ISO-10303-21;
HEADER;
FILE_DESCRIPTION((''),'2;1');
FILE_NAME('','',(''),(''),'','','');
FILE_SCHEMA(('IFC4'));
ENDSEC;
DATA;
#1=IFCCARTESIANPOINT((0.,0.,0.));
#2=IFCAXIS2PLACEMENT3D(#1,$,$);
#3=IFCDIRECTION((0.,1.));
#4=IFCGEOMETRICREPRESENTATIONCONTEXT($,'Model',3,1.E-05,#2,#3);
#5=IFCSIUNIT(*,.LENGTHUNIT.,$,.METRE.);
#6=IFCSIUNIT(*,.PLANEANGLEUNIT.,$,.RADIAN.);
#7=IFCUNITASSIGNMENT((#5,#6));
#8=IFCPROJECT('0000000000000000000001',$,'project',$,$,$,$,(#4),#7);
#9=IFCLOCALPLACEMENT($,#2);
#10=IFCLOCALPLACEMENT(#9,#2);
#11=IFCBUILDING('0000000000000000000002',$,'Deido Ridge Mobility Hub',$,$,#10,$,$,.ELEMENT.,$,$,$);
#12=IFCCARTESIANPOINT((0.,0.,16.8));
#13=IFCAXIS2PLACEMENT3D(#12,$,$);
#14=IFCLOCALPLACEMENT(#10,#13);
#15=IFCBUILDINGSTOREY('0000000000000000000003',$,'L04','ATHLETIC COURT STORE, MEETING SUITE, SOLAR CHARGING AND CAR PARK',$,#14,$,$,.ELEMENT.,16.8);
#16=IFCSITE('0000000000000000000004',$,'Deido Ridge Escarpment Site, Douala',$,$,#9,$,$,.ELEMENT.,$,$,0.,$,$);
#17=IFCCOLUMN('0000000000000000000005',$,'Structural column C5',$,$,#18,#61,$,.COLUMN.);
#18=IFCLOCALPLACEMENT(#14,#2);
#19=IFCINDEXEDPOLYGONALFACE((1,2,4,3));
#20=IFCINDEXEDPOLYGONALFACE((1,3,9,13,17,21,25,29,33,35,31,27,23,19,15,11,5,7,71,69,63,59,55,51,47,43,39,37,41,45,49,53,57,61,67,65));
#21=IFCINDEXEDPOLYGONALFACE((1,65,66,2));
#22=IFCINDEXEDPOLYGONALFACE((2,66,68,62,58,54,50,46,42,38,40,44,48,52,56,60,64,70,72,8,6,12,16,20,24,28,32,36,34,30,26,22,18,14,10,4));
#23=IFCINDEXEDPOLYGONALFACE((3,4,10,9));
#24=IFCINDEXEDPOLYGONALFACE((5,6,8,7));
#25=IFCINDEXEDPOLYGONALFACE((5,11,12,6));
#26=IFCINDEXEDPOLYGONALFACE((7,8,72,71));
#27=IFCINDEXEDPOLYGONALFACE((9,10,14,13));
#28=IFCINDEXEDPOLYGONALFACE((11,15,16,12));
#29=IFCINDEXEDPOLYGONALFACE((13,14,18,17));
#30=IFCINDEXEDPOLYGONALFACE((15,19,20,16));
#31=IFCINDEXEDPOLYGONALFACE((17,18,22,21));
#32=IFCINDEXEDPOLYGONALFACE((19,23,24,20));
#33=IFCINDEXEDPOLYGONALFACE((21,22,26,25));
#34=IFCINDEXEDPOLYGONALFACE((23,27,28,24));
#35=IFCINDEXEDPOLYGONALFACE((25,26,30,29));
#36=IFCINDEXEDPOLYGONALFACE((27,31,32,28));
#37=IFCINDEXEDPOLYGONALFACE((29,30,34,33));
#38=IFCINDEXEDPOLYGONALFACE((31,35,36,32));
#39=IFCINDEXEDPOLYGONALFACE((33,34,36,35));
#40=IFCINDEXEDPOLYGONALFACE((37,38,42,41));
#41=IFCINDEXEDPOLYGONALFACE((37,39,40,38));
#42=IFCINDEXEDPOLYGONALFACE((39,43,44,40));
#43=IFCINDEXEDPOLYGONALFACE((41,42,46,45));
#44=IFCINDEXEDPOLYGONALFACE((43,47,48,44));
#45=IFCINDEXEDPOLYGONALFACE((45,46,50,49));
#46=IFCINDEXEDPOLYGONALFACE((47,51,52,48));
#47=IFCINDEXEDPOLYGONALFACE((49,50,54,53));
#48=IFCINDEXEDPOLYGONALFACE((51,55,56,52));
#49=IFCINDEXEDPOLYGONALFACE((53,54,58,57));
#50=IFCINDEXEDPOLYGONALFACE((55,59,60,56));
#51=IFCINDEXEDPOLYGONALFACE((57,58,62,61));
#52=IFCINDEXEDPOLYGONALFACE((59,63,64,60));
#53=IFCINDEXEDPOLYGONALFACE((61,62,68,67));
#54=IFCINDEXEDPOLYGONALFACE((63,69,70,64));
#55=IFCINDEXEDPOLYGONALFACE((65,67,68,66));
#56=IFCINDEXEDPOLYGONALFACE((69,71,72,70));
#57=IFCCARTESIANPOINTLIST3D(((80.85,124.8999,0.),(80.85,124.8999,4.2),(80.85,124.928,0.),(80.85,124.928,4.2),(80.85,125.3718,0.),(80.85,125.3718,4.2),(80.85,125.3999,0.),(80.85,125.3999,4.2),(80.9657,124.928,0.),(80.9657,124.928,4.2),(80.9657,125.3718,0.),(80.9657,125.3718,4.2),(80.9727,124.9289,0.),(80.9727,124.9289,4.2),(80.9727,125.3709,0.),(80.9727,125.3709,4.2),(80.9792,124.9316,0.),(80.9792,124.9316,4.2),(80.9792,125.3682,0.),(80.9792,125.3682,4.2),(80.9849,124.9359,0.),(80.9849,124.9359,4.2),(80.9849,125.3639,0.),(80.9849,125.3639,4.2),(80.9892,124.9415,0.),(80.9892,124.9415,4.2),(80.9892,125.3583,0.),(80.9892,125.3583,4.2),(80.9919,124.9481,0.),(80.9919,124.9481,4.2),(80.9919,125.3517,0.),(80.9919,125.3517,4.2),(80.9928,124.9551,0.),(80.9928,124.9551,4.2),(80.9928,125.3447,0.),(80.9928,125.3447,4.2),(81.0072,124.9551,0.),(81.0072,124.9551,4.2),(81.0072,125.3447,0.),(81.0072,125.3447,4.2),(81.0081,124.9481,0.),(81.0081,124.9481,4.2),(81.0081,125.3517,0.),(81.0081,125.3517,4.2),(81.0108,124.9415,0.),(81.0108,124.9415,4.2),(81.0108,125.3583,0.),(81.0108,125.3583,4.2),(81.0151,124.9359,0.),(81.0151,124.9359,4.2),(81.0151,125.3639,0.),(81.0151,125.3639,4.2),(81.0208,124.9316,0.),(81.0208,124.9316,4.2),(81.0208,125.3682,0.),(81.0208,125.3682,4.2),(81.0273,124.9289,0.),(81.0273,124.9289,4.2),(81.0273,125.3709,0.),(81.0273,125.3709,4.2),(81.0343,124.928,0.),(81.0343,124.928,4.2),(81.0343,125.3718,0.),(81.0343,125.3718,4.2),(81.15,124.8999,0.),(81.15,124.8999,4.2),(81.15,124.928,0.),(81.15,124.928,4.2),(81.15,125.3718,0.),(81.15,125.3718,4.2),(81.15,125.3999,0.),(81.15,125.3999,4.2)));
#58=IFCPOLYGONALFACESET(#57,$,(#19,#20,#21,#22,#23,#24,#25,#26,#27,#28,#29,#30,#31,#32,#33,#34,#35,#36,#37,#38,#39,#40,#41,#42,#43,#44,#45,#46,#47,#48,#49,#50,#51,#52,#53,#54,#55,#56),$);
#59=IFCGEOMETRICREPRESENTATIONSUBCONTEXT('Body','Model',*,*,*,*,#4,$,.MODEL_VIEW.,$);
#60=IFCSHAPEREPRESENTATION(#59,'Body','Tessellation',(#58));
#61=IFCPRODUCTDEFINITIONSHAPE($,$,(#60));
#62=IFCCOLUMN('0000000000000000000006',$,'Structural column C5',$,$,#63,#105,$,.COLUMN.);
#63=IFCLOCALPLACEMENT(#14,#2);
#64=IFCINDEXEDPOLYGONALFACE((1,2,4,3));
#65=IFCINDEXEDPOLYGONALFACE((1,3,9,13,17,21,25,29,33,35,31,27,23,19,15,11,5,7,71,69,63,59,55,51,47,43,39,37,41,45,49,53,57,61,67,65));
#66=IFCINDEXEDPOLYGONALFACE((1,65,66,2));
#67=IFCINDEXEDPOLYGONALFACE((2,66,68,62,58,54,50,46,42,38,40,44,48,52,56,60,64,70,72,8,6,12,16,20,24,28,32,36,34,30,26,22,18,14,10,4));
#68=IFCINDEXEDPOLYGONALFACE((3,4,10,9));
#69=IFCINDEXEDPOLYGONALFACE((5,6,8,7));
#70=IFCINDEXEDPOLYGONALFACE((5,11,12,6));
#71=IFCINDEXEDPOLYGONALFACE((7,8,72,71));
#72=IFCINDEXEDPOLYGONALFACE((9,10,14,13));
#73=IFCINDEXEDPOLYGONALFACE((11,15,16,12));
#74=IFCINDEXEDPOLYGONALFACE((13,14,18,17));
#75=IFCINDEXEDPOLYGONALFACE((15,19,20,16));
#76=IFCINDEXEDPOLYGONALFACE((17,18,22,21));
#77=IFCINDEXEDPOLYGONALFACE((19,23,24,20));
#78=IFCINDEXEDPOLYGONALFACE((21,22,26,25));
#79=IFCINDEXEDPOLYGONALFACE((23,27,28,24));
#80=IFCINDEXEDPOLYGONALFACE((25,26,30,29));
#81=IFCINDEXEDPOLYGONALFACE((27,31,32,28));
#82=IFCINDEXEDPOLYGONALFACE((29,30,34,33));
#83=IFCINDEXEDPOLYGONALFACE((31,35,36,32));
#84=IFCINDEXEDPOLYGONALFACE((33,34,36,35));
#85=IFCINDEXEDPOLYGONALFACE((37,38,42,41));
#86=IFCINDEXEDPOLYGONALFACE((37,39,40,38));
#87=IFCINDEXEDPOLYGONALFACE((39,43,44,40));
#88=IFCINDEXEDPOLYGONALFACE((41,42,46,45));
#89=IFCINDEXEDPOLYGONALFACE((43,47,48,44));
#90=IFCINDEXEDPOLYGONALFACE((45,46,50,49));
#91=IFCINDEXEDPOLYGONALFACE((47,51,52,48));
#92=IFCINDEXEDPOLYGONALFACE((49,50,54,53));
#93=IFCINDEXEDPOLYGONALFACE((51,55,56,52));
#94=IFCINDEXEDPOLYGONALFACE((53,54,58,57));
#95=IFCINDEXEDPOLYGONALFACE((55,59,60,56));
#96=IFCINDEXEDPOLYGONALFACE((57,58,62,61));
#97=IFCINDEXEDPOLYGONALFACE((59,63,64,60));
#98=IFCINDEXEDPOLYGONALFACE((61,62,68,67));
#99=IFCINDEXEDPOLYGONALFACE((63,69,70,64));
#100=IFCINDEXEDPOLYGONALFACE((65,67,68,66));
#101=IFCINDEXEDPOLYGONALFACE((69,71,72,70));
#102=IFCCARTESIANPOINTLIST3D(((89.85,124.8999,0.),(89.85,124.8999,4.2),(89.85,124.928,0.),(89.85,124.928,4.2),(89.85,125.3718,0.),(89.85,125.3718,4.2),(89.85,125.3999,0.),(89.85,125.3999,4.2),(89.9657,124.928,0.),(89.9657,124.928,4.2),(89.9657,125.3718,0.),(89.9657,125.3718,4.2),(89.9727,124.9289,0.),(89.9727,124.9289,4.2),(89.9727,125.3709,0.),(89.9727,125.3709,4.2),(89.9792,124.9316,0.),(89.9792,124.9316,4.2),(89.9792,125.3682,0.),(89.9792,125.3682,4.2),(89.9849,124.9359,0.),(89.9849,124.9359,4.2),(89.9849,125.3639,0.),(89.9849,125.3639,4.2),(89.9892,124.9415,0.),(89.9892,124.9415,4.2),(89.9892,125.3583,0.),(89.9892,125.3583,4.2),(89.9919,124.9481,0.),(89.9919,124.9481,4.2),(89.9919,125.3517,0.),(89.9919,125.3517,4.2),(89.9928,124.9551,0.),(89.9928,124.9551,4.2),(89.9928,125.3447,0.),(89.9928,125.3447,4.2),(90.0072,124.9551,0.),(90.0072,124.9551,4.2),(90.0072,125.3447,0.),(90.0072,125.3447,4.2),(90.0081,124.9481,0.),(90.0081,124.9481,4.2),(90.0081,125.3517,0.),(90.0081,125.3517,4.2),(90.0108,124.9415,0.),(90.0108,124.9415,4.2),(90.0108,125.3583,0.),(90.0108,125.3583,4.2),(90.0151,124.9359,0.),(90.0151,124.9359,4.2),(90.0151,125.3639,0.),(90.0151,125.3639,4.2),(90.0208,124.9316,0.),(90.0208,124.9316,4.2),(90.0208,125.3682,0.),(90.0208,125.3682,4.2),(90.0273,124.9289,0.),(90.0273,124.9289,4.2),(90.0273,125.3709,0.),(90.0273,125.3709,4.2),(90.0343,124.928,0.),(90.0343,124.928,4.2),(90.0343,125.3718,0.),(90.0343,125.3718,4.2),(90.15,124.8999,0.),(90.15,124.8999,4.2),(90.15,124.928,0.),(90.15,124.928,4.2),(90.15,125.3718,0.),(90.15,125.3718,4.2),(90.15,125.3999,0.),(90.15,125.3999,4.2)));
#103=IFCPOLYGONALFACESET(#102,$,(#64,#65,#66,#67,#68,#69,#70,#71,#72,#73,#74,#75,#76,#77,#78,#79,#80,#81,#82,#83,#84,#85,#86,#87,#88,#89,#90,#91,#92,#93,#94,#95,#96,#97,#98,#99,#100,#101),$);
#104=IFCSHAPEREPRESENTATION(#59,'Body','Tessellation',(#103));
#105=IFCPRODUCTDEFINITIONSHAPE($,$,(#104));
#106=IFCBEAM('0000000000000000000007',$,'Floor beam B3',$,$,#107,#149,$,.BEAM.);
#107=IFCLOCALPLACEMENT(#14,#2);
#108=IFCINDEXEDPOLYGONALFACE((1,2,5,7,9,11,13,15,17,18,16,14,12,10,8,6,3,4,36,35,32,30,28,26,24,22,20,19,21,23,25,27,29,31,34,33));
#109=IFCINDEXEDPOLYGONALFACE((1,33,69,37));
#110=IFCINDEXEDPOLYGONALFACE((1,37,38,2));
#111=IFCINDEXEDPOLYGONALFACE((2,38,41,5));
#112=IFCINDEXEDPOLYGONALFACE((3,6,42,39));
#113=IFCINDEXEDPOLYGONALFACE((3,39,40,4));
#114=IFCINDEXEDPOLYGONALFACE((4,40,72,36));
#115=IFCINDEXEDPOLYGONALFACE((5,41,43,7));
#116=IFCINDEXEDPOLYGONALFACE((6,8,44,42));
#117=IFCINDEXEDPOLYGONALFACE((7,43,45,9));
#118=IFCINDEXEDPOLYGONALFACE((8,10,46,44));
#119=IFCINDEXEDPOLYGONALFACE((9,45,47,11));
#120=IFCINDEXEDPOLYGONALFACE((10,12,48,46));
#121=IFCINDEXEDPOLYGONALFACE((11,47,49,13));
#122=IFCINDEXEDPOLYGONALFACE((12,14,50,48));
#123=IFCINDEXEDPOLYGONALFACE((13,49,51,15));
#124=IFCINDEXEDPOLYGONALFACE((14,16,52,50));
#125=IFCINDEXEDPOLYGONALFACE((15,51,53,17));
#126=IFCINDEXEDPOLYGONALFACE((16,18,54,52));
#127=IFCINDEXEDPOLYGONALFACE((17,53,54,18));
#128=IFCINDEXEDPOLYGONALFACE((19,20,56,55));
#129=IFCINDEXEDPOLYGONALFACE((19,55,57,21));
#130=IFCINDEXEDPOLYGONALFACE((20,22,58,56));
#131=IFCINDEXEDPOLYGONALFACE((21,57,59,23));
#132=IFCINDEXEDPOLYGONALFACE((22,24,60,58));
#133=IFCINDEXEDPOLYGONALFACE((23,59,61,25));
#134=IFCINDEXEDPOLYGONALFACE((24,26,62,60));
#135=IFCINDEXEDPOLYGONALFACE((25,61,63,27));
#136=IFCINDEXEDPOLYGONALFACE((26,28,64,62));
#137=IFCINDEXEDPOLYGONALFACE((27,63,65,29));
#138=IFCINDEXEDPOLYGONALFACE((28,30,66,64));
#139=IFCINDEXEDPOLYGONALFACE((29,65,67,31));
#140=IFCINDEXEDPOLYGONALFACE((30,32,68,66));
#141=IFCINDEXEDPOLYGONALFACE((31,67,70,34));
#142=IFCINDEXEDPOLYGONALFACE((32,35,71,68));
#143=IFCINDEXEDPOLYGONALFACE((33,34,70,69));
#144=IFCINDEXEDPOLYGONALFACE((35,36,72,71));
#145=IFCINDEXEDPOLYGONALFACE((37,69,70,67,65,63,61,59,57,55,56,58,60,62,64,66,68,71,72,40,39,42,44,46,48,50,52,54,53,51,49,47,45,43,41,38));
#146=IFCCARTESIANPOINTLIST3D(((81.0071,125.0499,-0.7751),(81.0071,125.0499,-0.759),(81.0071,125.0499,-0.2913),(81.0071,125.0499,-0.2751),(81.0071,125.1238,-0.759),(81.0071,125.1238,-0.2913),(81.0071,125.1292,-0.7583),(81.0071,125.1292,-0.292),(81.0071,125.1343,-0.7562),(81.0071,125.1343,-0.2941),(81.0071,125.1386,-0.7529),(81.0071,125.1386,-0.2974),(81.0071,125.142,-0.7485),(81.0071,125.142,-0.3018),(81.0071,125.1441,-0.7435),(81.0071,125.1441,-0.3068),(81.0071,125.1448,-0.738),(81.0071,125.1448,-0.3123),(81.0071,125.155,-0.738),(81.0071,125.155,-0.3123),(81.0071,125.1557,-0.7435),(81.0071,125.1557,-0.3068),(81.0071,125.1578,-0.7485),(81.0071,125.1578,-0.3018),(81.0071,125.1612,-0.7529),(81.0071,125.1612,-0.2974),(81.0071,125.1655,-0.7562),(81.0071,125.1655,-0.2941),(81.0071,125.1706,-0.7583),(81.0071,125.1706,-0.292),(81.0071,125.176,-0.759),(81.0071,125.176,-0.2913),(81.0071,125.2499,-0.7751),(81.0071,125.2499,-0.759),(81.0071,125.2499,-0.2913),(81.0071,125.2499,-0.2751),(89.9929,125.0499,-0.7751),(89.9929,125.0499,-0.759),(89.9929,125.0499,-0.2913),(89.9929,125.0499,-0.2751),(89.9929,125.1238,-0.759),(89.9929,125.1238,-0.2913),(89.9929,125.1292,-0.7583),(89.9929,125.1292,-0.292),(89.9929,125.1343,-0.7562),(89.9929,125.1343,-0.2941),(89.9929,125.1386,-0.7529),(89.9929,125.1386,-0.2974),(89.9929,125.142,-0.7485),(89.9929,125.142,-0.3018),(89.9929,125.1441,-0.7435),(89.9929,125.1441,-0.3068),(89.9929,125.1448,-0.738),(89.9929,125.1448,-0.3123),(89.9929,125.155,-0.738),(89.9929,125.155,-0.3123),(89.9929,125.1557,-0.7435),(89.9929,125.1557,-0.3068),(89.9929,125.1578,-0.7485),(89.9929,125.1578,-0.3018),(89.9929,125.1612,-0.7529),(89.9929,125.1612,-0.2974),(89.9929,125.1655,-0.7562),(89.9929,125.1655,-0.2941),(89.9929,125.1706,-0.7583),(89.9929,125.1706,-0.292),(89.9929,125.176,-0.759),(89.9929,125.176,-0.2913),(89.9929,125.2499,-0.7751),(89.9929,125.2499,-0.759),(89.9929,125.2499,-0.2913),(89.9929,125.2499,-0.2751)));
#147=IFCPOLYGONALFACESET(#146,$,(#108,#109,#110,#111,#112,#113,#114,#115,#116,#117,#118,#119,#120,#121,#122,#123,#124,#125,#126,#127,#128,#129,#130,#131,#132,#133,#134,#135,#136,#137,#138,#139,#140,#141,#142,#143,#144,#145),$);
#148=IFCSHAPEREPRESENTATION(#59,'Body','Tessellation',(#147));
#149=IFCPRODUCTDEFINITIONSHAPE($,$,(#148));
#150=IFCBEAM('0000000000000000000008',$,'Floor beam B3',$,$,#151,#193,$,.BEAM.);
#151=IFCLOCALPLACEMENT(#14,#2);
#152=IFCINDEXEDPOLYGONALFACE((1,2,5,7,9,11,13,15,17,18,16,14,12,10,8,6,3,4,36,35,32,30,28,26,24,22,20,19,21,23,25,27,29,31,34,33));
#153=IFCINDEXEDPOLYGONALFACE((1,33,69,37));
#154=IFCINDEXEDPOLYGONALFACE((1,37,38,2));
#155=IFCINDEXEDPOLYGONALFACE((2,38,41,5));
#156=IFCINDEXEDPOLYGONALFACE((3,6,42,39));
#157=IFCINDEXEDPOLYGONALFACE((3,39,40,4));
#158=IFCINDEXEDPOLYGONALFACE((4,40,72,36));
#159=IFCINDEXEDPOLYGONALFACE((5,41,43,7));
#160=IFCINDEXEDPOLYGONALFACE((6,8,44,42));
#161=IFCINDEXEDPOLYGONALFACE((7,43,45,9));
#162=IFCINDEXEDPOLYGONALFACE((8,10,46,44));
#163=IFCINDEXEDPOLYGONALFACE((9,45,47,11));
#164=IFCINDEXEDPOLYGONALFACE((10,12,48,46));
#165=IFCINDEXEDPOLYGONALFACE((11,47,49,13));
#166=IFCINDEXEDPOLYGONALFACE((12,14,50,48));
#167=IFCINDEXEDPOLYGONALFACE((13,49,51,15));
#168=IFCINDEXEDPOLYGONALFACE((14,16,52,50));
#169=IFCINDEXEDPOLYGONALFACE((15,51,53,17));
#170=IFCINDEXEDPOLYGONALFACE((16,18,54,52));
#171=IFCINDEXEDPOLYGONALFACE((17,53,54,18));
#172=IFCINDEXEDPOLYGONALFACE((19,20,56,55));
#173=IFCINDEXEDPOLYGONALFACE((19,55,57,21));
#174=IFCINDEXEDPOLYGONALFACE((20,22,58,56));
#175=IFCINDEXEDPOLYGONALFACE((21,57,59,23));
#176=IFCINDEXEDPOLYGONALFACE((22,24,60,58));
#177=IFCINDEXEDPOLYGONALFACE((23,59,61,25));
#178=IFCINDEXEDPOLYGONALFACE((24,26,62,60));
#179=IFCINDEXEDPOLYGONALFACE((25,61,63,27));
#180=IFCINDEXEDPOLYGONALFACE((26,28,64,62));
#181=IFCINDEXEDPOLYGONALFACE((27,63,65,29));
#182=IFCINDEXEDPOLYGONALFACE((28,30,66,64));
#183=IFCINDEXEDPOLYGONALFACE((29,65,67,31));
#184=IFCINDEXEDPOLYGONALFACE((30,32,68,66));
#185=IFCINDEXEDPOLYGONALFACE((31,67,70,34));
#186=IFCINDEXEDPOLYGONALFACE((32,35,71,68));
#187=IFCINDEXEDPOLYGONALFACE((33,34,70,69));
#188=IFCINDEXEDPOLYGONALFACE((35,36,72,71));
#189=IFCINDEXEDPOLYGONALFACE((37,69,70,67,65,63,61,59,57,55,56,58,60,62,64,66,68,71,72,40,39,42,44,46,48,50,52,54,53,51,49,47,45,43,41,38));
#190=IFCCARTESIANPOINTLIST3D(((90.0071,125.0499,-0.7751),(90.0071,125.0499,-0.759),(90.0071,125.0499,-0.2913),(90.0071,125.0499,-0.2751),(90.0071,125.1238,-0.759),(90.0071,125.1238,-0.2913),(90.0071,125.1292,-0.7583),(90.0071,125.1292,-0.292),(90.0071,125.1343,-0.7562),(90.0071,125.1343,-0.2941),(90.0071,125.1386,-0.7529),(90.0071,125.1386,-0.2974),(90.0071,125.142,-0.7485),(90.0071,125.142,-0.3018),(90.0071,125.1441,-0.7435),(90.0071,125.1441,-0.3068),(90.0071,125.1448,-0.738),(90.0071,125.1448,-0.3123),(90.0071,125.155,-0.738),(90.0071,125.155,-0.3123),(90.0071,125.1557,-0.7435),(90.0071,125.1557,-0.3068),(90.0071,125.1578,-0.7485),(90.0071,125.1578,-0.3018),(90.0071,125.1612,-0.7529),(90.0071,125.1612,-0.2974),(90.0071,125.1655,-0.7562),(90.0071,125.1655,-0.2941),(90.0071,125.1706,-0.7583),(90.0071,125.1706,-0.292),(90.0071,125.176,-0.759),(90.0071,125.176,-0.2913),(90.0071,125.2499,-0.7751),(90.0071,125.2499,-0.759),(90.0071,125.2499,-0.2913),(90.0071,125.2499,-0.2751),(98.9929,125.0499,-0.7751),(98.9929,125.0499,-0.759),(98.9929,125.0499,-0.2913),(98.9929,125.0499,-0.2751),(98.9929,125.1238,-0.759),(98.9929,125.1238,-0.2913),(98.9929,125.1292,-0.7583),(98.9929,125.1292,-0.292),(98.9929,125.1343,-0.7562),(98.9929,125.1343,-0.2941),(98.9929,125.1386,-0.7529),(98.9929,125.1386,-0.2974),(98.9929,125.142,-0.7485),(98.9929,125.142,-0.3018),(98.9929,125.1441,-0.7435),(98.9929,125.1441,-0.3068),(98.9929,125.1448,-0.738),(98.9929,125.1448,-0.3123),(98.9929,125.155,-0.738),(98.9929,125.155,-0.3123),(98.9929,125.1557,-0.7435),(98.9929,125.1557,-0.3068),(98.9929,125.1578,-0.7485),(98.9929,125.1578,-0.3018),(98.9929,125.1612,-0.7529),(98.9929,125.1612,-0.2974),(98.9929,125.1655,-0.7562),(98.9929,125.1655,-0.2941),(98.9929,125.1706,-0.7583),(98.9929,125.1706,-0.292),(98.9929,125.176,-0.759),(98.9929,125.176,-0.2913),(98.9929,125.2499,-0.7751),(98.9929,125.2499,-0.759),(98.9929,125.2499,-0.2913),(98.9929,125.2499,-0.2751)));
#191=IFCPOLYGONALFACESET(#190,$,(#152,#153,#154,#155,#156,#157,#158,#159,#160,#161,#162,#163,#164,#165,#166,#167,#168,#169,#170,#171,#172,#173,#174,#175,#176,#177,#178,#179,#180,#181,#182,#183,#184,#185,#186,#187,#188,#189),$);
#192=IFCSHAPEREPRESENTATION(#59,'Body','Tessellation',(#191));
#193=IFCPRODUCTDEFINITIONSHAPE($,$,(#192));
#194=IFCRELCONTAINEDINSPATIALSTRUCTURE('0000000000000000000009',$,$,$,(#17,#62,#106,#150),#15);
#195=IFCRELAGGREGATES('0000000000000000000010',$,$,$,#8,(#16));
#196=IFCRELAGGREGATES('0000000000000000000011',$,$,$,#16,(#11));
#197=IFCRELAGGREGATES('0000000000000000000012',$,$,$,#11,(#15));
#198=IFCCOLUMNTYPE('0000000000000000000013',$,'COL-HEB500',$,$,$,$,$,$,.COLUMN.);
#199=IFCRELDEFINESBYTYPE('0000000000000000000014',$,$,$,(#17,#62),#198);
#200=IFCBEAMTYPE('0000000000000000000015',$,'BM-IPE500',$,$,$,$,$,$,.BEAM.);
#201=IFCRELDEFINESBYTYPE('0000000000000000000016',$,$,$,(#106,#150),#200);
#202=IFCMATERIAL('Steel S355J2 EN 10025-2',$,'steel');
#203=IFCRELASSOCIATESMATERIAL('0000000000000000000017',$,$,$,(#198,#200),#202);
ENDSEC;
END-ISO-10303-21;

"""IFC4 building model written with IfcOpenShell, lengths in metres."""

from ifc_helpers import new_model, si_unit, direction, frame, origin, origin_2d, place, context, subcontext, project, spatial, i_section, extrude, material, material_profile, profile_set, type_object, element, save


model = new_model("IFC4")

# Units and contexts
model_context = context("Model", 3, precision=1e-05, world=origin(), true_north=direction((0.0, 1.0)))
body_context = subcontext(model_context, "Body", "Model", "MODEL_VIEW")
ifc_project = project(units=[si_unit("LENGTHUNIT", "METRE"), si_unit("PLANEANGLEUNIT", "RADIAN")], contexts=[model_context])

# Site, building, storey
site_placement = place(None, origin())
site = spatial("IfcSite", under=ifc_project, at=site_placement, Name="Deido Ridge Escarpment Site, Douala", CompositionType="ELEMENT", RefElevation=0.0)
building_placement = place(site_placement, origin())
building = spatial("IfcBuilding", under=site, at=building_placement, Name="Deido Ridge Mobility Hub", CompositionType="ELEMENT")
storey_placement = place(building_placement, frame((0.0, 0.0, 16.8)))
storey = spatial("IfcBuildingStorey", under=building, at=storey_placement, Name="L04", Description="ATHLETIC COURT STORE, MEETING SUITE, SOLAR CHARGING AND CAR PARK", CompositionType="ELEMENT", Elevation=16.8)

# Columns
ifc_material_1 = material(Name="Steel S355J2 EN 10025-2", Category="steel")
ifc_material_profile_1 = material_profile(ifc_material_1, i_section(OverallWidth=0.3, OverallDepth=0.5, WebThickness=0.0144, FlangeThickness=0.0281, FilletRadius=0.0271, at=origin_2d()), Name="HEB 500")
ifc_profile_set_1 = profile_set([ifc_material_profile_1], Name="Steel S355J2 EN 10025-2")
column_type = type_object("IfcColumnType", Name="COL-HEB500", PredefinedType="COLUMN", material=ifc_profile_set_1)
for number, where, z_axis, x_axis, name in (
    (1, (81.0, 125.1499, 0.0), (0.0, 0.0, 1.0), (1.0, 0.0, 0.0), "Structural column C5"),
    (2, (90.0, 125.1499, 0.0), (0.0, 0.0, 1.0), (1.0, 0.0, 0.0), "Structural column C5"),
):
    element("IfcColumn", number, at=place(storey_placement, frame(where, z_axis=z_axis, x_axis=x_axis)), inside=storey, type_object=column_type, Name=name, PredefinedType="COLUMN", context=body_context, shape_type="SweptSolid", body=[
        extrude(i_section(OverallWidth=0.3, OverallDepth=0.5, WebThickness=0.0144, FlangeThickness=0.0281, FilletRadius=0.0271, at=origin_2d()), origin(), (0.0, 0.0, 1.0), 4.2),
    ])

# Beams
ifc_material_profile_2 = material_profile(ifc_material_1, i_section(OverallWidth=0.2, OverallDepth=0.5, WebThickness=0.0103, FlangeThickness=0.0161, FilletRadius=0.021, at=origin_2d()), Name="IPE 500")
ifc_profile_set_2 = profile_set([ifc_material_profile_2], Name="Steel S355J2 EN 10025-2")
beam_type = type_object("IfcBeamType", Name="BM-IPE500", PredefinedType="BEAM", material=ifc_profile_set_2)
for number, where, z_axis, x_axis, name in (
    (3, (81.0071, 125.1499, -0.5251), (1.0, 0.0, 0.0), (0.0, 1.0, 0.0), "Floor beam B3"),
    (4, (90.0071, 125.1499, -0.5251), (1.0, 0.0, 0.0), (0.0, 1.0, 0.0), "Floor beam B3"),
):
    element("IfcBeam", number, at=place(storey_placement, frame(where, z_axis=z_axis, x_axis=x_axis)), inside=storey, type_object=beam_type, Name=name, PredefinedType="BEAM", context=body_context, shape_type="SweptSolid", body=[
        extrude(i_section(OverallWidth=0.2, OverallDepth=0.5, WebThickness=0.0103, FlangeThickness=0.0161, FilletRadius=0.021, at=origin_2d()), origin(), (0.0, 0.0, 1.0), 8.9858),
    ])

save(model, "model.ifc")
